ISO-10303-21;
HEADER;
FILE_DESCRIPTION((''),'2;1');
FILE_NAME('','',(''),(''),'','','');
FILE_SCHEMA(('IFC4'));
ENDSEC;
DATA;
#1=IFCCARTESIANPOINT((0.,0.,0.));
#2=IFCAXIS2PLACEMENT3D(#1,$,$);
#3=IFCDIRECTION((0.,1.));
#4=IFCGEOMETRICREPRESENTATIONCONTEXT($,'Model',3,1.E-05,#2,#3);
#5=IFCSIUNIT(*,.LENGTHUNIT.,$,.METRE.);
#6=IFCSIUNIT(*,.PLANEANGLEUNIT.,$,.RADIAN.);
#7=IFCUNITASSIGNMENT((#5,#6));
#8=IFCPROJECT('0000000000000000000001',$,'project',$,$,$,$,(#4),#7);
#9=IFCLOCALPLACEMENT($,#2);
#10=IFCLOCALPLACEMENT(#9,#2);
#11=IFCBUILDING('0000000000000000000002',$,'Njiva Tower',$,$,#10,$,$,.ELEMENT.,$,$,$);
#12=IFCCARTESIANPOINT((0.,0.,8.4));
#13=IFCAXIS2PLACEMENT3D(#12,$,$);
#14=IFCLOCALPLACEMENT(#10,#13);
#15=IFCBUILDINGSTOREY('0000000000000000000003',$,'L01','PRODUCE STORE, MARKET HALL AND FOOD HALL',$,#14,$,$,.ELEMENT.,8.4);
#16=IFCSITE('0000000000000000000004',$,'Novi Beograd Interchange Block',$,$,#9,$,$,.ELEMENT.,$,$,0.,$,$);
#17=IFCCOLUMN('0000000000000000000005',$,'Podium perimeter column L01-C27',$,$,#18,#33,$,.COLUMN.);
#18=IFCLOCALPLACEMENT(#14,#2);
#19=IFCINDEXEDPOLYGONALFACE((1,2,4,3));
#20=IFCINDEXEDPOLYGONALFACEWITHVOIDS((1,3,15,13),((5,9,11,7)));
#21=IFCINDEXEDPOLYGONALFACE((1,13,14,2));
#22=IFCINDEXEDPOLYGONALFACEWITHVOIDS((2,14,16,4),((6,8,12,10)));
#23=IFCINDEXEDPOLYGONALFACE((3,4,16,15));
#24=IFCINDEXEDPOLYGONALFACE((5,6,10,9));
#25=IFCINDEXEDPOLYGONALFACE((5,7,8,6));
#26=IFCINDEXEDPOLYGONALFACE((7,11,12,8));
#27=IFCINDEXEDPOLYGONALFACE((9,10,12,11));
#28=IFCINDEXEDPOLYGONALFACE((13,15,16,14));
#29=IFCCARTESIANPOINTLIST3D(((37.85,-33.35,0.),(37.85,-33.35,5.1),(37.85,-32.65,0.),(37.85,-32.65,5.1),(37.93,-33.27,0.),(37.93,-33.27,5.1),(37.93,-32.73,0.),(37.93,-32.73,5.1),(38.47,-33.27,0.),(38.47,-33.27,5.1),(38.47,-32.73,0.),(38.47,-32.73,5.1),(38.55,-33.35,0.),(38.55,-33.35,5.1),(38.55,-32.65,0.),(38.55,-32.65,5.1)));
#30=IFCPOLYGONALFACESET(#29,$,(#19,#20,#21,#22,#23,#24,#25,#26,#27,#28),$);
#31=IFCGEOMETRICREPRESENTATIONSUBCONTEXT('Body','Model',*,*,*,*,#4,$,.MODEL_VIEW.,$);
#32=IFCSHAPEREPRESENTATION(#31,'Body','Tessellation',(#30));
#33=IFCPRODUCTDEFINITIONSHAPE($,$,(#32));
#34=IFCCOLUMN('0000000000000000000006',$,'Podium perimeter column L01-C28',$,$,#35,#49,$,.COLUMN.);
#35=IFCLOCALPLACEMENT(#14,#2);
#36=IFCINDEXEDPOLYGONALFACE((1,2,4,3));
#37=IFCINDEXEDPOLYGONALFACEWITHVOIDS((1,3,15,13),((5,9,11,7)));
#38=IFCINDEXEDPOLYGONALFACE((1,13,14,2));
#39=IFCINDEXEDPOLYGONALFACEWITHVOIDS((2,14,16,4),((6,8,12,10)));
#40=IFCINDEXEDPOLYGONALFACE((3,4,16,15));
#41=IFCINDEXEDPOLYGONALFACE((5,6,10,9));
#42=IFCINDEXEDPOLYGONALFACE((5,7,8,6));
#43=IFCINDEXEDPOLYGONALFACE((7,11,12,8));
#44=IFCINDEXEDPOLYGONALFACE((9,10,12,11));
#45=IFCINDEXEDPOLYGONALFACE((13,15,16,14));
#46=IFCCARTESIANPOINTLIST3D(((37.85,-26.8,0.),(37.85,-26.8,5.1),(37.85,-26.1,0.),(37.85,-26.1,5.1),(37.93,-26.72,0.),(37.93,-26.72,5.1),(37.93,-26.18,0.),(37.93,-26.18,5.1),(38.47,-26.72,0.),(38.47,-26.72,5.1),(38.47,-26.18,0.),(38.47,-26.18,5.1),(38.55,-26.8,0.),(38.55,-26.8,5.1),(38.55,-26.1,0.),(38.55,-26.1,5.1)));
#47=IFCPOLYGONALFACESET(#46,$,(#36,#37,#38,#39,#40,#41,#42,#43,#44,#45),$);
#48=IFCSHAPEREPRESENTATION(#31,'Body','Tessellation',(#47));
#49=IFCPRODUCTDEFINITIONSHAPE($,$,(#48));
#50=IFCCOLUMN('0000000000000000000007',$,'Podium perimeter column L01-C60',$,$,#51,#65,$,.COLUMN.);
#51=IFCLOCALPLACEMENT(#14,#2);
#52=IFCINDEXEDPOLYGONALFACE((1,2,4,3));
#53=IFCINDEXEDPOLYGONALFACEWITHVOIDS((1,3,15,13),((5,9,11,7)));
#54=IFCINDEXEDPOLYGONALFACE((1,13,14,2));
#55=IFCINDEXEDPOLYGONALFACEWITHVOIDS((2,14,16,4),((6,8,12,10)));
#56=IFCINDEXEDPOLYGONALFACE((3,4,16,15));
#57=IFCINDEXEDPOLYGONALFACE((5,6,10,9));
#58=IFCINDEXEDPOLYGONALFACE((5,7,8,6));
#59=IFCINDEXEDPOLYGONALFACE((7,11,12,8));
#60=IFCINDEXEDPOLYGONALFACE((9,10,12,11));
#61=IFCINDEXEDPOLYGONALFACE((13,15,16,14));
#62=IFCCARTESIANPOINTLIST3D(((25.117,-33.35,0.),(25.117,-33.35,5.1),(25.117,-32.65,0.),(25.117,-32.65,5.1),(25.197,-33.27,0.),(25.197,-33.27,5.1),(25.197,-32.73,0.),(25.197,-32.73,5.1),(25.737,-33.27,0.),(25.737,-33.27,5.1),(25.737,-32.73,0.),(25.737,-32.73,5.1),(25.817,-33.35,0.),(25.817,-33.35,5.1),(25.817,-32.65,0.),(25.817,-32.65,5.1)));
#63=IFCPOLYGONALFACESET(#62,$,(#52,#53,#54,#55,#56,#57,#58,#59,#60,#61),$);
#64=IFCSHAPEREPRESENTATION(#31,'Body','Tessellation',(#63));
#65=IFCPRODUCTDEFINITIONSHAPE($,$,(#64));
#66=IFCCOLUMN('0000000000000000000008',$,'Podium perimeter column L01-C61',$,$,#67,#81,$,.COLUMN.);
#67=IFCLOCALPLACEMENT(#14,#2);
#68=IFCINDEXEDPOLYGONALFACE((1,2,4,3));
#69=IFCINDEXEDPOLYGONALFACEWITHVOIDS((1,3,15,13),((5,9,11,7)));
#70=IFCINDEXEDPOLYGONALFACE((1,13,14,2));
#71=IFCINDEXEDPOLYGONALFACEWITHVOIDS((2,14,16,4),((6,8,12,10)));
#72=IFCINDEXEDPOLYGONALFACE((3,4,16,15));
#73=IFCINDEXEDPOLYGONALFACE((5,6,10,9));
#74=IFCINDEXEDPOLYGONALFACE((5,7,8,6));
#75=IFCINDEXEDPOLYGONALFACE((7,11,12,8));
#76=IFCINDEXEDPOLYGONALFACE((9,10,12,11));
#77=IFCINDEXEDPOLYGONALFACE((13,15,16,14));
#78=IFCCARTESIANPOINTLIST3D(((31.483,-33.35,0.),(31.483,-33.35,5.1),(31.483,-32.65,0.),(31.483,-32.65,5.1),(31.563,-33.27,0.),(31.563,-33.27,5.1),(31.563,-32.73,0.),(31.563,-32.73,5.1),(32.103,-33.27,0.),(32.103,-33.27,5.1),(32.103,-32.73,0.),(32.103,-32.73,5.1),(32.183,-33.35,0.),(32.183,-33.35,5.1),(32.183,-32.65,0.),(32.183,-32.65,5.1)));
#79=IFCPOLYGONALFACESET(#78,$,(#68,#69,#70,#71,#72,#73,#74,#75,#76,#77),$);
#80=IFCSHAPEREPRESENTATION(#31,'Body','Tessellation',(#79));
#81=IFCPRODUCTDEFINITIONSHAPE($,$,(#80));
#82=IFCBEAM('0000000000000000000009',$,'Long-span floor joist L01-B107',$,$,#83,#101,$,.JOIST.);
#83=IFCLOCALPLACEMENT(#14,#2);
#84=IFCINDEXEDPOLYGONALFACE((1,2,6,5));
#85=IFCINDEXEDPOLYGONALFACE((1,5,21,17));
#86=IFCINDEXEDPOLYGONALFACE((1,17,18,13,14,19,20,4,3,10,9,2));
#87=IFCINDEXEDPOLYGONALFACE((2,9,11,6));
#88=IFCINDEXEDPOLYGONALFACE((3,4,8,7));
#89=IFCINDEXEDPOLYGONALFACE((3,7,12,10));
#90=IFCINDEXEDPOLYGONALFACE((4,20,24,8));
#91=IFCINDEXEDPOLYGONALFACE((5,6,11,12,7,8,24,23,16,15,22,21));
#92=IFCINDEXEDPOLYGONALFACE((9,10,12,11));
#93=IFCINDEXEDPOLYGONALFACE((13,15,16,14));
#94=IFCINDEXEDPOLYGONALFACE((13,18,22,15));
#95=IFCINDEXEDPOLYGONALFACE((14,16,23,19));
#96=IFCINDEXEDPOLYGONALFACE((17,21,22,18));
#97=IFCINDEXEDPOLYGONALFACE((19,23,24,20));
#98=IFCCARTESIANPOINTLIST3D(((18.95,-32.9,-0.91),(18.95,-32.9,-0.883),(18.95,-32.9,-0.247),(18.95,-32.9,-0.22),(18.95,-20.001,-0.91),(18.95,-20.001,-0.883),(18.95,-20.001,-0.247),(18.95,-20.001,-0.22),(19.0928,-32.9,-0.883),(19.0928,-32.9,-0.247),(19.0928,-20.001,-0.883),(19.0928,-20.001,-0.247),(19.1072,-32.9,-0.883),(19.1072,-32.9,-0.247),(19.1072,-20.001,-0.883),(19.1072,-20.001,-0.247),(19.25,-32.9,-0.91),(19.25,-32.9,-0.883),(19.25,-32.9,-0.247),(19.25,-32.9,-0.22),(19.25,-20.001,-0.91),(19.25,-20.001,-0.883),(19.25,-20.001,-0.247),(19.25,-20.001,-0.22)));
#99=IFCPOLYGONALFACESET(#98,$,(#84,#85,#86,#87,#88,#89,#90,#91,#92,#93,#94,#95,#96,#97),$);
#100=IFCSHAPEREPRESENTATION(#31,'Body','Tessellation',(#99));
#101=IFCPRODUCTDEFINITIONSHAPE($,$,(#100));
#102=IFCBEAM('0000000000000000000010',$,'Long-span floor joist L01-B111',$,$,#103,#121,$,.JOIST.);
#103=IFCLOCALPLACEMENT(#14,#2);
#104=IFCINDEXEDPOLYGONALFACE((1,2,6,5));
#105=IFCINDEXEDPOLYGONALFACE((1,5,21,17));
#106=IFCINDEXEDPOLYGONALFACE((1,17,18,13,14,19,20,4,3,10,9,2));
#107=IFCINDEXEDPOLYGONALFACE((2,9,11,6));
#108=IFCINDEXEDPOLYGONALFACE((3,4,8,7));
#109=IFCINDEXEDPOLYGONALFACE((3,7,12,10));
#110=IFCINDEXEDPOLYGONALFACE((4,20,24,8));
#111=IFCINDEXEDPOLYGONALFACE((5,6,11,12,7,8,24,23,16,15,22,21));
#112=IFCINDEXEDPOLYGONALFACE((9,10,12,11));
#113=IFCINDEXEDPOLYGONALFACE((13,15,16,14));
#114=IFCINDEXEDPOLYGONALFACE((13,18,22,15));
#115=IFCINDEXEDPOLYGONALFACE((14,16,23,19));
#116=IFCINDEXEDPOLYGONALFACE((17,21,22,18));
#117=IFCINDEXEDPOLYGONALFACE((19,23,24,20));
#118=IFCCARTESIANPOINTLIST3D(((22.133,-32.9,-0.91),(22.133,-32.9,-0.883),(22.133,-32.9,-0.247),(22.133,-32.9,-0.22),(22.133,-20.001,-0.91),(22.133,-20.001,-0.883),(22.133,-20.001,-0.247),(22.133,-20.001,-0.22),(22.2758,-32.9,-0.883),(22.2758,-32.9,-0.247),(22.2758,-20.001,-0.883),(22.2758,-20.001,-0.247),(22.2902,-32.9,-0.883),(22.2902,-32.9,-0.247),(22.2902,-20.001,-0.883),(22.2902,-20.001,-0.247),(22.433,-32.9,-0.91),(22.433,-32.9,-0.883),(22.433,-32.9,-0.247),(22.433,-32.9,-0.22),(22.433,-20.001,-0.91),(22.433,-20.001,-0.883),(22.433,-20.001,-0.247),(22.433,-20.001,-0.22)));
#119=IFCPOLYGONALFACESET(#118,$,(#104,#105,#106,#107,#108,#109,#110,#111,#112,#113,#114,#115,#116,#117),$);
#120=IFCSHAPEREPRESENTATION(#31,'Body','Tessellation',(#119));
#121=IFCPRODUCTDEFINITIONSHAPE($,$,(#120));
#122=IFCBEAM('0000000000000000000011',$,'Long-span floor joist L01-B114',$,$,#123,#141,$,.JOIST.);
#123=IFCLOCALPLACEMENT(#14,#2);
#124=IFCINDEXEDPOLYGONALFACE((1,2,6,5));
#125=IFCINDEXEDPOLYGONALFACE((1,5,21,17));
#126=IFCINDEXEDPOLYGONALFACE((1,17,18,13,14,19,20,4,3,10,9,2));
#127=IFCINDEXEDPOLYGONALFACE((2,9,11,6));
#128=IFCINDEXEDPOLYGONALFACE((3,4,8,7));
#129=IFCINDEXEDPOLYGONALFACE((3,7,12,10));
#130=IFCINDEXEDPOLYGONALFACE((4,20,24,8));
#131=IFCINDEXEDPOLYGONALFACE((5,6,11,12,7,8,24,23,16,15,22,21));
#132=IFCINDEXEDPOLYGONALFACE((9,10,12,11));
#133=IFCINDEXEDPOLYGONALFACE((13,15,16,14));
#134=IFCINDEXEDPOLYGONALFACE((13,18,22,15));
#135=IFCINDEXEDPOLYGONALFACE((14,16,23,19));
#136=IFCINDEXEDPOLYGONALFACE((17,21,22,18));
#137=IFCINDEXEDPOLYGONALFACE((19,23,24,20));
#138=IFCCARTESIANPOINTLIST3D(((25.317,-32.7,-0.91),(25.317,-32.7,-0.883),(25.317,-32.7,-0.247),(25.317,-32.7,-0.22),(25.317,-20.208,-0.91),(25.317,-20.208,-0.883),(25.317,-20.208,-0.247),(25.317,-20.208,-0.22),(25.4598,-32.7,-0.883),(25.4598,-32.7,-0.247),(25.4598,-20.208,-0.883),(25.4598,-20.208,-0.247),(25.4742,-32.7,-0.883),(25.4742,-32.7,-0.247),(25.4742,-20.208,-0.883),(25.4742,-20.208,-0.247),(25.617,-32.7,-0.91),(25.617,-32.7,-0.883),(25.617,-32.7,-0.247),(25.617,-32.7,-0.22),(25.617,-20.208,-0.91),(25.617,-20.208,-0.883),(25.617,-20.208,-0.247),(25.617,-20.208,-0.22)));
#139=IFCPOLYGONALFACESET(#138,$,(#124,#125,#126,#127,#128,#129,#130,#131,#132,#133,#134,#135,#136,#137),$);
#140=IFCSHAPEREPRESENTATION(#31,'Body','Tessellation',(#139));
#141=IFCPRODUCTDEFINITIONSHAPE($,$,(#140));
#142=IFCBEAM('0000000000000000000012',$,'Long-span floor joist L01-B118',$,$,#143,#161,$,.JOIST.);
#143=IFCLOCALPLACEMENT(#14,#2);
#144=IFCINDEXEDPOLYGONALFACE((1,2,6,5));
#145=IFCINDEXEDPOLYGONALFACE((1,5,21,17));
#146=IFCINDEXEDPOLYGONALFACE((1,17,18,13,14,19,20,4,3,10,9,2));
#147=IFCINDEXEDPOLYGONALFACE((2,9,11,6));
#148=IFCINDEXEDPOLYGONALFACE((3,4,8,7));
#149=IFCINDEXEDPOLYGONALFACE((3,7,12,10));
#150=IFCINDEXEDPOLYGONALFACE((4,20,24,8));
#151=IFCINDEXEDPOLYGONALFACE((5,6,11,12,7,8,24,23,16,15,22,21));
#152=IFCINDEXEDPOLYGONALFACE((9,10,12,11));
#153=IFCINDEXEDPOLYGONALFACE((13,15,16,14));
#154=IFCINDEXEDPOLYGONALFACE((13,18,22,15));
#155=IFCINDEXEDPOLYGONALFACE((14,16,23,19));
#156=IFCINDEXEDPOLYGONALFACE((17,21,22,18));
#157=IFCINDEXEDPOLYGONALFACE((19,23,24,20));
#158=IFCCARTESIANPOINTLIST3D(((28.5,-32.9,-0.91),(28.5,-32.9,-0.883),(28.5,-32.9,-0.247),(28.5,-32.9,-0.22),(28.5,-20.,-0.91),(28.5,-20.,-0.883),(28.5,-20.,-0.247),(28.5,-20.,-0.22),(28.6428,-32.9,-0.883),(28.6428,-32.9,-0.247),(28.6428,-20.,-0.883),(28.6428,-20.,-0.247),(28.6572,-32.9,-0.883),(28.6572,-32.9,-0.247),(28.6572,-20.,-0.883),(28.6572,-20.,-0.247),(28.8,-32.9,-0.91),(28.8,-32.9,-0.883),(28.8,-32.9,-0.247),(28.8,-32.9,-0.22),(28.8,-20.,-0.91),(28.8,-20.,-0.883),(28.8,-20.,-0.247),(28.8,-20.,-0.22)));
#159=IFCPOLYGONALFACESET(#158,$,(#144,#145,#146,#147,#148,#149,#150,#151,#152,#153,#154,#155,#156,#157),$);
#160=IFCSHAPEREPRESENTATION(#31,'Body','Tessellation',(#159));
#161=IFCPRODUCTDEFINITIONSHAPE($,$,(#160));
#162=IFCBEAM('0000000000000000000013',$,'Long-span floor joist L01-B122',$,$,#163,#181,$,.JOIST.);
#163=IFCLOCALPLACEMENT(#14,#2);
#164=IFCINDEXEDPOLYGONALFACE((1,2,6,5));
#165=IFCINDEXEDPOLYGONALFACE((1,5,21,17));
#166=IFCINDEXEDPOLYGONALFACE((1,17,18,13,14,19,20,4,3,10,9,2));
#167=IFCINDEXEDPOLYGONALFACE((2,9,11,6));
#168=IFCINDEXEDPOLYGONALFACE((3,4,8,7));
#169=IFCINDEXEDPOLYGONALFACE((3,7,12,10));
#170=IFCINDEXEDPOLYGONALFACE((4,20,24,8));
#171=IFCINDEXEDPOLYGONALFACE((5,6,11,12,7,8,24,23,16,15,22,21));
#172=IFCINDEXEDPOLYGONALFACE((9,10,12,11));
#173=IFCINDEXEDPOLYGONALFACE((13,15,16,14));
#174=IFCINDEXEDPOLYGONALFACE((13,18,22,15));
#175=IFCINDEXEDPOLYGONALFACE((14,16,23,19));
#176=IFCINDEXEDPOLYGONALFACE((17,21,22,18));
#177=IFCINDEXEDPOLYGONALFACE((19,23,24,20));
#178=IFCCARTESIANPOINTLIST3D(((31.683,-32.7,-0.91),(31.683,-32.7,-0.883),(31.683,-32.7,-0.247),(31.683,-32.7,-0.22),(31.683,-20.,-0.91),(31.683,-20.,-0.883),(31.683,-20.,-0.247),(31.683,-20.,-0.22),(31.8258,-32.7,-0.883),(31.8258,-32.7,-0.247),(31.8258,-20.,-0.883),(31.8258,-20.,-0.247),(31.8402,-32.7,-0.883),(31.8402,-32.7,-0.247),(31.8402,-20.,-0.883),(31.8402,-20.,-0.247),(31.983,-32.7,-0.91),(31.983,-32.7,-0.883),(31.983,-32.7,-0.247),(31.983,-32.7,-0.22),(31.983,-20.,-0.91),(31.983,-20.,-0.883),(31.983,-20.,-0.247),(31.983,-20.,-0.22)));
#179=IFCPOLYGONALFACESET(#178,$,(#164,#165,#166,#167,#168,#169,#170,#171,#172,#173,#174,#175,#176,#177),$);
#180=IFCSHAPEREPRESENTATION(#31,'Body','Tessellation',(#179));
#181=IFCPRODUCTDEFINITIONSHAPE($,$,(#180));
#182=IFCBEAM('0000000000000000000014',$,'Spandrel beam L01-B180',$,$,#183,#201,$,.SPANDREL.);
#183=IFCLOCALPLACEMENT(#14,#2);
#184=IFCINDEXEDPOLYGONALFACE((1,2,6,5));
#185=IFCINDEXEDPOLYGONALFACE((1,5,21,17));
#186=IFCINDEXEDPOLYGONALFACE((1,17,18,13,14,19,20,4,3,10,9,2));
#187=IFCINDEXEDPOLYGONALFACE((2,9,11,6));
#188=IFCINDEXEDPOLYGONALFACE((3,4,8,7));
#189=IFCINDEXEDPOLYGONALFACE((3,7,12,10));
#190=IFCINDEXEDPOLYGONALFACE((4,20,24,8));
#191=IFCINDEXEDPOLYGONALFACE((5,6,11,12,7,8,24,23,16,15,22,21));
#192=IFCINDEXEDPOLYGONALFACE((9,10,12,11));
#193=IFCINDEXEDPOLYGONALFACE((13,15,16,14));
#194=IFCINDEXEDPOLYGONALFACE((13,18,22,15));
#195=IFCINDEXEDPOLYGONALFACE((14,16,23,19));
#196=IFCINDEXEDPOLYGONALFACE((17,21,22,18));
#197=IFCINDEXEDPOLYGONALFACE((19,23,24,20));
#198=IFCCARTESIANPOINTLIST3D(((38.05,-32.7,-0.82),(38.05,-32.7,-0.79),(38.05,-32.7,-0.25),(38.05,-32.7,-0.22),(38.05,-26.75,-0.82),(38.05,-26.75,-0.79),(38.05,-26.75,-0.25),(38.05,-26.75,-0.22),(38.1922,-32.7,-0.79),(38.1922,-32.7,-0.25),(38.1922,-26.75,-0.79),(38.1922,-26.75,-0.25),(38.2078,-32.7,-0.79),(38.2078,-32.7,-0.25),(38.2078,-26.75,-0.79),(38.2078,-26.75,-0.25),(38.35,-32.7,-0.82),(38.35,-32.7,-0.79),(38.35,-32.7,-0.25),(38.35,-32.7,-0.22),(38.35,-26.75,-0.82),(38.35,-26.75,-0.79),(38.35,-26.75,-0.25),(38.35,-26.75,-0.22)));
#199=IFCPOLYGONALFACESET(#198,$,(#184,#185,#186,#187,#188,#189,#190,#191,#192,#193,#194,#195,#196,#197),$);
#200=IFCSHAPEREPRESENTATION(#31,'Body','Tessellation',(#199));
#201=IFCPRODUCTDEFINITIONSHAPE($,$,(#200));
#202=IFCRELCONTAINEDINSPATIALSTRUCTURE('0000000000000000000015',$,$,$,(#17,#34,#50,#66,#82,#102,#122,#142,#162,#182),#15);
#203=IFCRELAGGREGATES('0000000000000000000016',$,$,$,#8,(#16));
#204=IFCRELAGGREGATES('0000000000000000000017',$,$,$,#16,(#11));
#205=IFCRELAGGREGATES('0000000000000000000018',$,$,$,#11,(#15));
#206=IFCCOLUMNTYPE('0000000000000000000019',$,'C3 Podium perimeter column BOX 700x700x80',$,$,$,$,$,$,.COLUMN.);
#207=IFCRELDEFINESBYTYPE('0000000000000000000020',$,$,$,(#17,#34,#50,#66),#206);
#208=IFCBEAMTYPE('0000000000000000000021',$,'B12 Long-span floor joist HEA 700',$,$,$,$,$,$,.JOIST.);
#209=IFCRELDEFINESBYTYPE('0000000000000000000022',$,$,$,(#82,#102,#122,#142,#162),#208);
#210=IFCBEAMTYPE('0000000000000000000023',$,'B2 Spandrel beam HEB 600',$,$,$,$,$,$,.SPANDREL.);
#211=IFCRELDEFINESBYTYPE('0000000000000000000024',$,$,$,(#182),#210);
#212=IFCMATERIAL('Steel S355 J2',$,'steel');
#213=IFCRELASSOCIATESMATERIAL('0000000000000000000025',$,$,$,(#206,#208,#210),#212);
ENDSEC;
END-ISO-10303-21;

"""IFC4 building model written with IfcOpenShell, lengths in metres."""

from ifc_helpers import new_model, si_unit, direction, frame, origin, origin_2d, place, context, subcontext, project, spatial, hollow_rectangle, i_section, extrude, material, material_profile, profile_set, type_object, element, save


model = new_model("IFC4")

# Units and contexts
model_context = context("Model", 3, precision=1e-05, world=origin(), true_north=direction((0.0, 1.0)))
body_context = subcontext(model_context, "Body", "Model", "MODEL_VIEW")
ifc_project = project(units=[si_unit("LENGTHUNIT", "METRE"), si_unit("PLANEANGLEUNIT", "RADIAN")], contexts=[model_context])

# Site, building, storey
site_placement = place(None, origin())
site = spatial("IfcSite", under=ifc_project, at=site_placement, Name="Novi Beograd Interchange Block", CompositionType="ELEMENT", RefElevation=0.0)
building_placement = place(site_placement, origin())
building = spatial("IfcBuilding", under=site, at=building_placement, Name="Njiva Tower", CompositionType="ELEMENT")
storey_placement = place(building_placement, frame((0.0, 0.0, 8.4)))
storey = spatial("IfcBuildingStorey", under=building, at=storey_placement, Name="L01", Description="PRODUCE STORE, MARKET HALL AND FOOD HALL", CompositionType="ELEMENT", Elevation=8.4)

# Columns
ifc_material_1 = material(Name="Steel S355 J2", Category="steel")
ifc_material_profile_1 = material_profile(ifc_material_1, hollow_rectangle(XDim=0.7, YDim=0.7, WallThickness=0.08, at=origin_2d()), Name="BOX 700x700x80")
ifc_profile_set_1 = profile_set([ifc_material_profile_1], Name="Steel S355 J2")
column_type = type_object("IfcColumnType", Name="C3 Podium perimeter column BOX 700x700x80", PredefinedType="COLUMN", material=ifc_profile_set_1)
for number, where, z_axis, x_axis, name in (
    (1, (38.2, -33.0, 0.0), (0.0, 0.0, 1.0), (0.0, 1.0, 0.0), "Podium perimeter column L01-C27"),
    (2, (38.2, -26.45, 0.0), (0.0, 0.0, 1.0), (0.0, 1.0, 0.0), "Podium perimeter column L01-C28"),
    (3, (25.467, -33.0, 0.0), (0.0, 0.0, 1.0), (1.0, 0.0, 0.0), "Podium perimeter column L01-C60"),
    (4, (31.833, -33.0, 0.0), (0.0, 0.0, 1.0), (1.0, 0.0, 0.0), "Podium perimeter column L01-C61"),
):
    element("IfcColumn", number, at=place(storey_placement, frame(where, z_axis=z_axis, x_axis=x_axis)), inside=storey, type_object=column_type, Name=name, PredefinedType="COLUMN", context=body_context, shape_type="SweptSolid", body=[
        extrude(hollow_rectangle(XDim=0.7, YDim=0.7, WallThickness=0.08, at=origin_2d()), origin(), (0.0, 0.0, 1.0), 5.1),
    ])

# Beams
ifc_material_profile_2 = material_profile(ifc_material_1, i_section(OverallWidth=0.3, OverallDepth=0.69, WebThickness=0.0145, FlangeThickness=0.027, at=origin_2d()), Name="HEA 700")
ifc_profile_set_2 = profile_set([ifc_material_profile_2], Name="Steel S355 J2")
beam_type_1 = type_object("IfcBeamType", Name="B12 Long-span floor joist HEA 700", PredefinedType="JOIST", material=ifc_profile_set_2)
for number, where, z_axis, x_axis, name in (
    (5, (19.1, -20.001, -0.565), (0.0, -1.0, 0.0), (1.0, 0.0, 0.0), "Long-span floor joist L01-B107"),
    (6, (22.283, -20.001, -0.565), (0.0, -1.0, 0.0), (1.0, 0.0, 0.0), "Long-span floor joist L01-B111"),
):
    element("IfcBeam", number, at=place(storey_placement, frame(where, z_axis=z_axis, x_axis=x_axis)), inside=storey, type_object=beam_type_1, Name=name, PredefinedType="JOIST", context=body_context, shape_type="SweptSolid", body=[
        extrude(i_section(OverallWidth=0.3, OverallDepth=0.69, WebThickness=0.0145, FlangeThickness=0.027, at=origin_2d()), origin(), (0.0, 0.0, 1.0), 12.899),
    ])
beam_1_placement = place(storey_placement, frame((25.467, -20.208, -0.565), z_axis=(0.0, -1.0, 0.0), x_axis=(1.0, 0.0, 0.0)))
element("IfcBeam", 7, at=beam_1_placement, inside=storey, type_object=beam_type_1, Name="Long-span floor joist L01-B114", PredefinedType="JOIST", context=body_context, shape_type="SweptSolid", body=[
    extrude(i_section(OverallWidth=0.3, OverallDepth=0.69, WebThickness=0.0145, FlangeThickness=0.027, at=origin_2d()), origin(), (0.0, 0.0, 1.0), 12.492),
])
beam_2_placement = place(storey_placement, frame((28.65, -20.0, -0.565), z_axis=(0.0, -1.0, 0.0), x_axis=(1.0, 0.0, 0.0)))
element("IfcBeam", 8, at=beam_2_placement, inside=storey, type_object=beam_type_1, Name="Long-span floor joist L01-B118", PredefinedType="JOIST", context=body_context, shape_type="SweptSolid", body=[
    extrude(i_section(OverallWidth=0.3, OverallDepth=0.69, WebThickness=0.0145, FlangeThickness=0.027, at=origin_2d()), origin(), (0.0, 0.0, 1.0), 12.9),
])
beam_3_placement = place(storey_placement, frame((31.833, -20.0, -0.565), z_axis=(0.0, -1.0, 0.0), x_axis=(1.0, 0.0, 0.0)))
element("IfcBeam", 9, at=beam_3_placement, inside=storey, type_object=beam_type_1, Name="Long-span floor joist L01-B122", PredefinedType="JOIST", context=body_context, shape_type="SweptSolid", body=[
    extrude(i_section(OverallWidth=0.3, OverallDepth=0.69, WebThickness=0.0145, FlangeThickness=0.027, at=origin_2d()), origin(), (0.0, 0.0, 1.0), 12.7),
])
ifc_material_profile_3 = material_profile(ifc_material_1, i_section(OverallWidth=0.3, OverallDepth=0.6, WebThickness=0.0155, FlangeThickness=0.03, at=origin_2d()), Name="HEB 600")
ifc_profile_set_3 = profile_set([ifc_material_profile_3], Name="Steel S355 J2")
beam_type_2 = type_object("IfcBeamType", Name="B2 Spandrel beam HEB 600", PredefinedType="SPANDREL", material=ifc_profile_set_3)
for number, where, z_axis, x_axis, name in (
    (10, (38.2, -32.7, -0.52), (0.0, 1.0, 0.0), (-1.0, 0.0, 0.0), "Spandrel beam L01-B180"),
):
    element("IfcBeam", number, at=place(storey_placement, frame(where, z_axis=z_axis, x_axis=x_axis)), inside=storey, type_object=beam_type_2, Name=name, PredefinedType="SPANDREL", context=body_context, shape_type="SweptSolid", body=[
        extrude(i_section(OverallWidth=0.3, OverallDepth=0.6, WebThickness=0.0155, FlangeThickness=0.03, at=origin_2d()), origin(), (0.0, 0.0, 1.0), 5.95),
    ])

save(model, "model.ifc")
